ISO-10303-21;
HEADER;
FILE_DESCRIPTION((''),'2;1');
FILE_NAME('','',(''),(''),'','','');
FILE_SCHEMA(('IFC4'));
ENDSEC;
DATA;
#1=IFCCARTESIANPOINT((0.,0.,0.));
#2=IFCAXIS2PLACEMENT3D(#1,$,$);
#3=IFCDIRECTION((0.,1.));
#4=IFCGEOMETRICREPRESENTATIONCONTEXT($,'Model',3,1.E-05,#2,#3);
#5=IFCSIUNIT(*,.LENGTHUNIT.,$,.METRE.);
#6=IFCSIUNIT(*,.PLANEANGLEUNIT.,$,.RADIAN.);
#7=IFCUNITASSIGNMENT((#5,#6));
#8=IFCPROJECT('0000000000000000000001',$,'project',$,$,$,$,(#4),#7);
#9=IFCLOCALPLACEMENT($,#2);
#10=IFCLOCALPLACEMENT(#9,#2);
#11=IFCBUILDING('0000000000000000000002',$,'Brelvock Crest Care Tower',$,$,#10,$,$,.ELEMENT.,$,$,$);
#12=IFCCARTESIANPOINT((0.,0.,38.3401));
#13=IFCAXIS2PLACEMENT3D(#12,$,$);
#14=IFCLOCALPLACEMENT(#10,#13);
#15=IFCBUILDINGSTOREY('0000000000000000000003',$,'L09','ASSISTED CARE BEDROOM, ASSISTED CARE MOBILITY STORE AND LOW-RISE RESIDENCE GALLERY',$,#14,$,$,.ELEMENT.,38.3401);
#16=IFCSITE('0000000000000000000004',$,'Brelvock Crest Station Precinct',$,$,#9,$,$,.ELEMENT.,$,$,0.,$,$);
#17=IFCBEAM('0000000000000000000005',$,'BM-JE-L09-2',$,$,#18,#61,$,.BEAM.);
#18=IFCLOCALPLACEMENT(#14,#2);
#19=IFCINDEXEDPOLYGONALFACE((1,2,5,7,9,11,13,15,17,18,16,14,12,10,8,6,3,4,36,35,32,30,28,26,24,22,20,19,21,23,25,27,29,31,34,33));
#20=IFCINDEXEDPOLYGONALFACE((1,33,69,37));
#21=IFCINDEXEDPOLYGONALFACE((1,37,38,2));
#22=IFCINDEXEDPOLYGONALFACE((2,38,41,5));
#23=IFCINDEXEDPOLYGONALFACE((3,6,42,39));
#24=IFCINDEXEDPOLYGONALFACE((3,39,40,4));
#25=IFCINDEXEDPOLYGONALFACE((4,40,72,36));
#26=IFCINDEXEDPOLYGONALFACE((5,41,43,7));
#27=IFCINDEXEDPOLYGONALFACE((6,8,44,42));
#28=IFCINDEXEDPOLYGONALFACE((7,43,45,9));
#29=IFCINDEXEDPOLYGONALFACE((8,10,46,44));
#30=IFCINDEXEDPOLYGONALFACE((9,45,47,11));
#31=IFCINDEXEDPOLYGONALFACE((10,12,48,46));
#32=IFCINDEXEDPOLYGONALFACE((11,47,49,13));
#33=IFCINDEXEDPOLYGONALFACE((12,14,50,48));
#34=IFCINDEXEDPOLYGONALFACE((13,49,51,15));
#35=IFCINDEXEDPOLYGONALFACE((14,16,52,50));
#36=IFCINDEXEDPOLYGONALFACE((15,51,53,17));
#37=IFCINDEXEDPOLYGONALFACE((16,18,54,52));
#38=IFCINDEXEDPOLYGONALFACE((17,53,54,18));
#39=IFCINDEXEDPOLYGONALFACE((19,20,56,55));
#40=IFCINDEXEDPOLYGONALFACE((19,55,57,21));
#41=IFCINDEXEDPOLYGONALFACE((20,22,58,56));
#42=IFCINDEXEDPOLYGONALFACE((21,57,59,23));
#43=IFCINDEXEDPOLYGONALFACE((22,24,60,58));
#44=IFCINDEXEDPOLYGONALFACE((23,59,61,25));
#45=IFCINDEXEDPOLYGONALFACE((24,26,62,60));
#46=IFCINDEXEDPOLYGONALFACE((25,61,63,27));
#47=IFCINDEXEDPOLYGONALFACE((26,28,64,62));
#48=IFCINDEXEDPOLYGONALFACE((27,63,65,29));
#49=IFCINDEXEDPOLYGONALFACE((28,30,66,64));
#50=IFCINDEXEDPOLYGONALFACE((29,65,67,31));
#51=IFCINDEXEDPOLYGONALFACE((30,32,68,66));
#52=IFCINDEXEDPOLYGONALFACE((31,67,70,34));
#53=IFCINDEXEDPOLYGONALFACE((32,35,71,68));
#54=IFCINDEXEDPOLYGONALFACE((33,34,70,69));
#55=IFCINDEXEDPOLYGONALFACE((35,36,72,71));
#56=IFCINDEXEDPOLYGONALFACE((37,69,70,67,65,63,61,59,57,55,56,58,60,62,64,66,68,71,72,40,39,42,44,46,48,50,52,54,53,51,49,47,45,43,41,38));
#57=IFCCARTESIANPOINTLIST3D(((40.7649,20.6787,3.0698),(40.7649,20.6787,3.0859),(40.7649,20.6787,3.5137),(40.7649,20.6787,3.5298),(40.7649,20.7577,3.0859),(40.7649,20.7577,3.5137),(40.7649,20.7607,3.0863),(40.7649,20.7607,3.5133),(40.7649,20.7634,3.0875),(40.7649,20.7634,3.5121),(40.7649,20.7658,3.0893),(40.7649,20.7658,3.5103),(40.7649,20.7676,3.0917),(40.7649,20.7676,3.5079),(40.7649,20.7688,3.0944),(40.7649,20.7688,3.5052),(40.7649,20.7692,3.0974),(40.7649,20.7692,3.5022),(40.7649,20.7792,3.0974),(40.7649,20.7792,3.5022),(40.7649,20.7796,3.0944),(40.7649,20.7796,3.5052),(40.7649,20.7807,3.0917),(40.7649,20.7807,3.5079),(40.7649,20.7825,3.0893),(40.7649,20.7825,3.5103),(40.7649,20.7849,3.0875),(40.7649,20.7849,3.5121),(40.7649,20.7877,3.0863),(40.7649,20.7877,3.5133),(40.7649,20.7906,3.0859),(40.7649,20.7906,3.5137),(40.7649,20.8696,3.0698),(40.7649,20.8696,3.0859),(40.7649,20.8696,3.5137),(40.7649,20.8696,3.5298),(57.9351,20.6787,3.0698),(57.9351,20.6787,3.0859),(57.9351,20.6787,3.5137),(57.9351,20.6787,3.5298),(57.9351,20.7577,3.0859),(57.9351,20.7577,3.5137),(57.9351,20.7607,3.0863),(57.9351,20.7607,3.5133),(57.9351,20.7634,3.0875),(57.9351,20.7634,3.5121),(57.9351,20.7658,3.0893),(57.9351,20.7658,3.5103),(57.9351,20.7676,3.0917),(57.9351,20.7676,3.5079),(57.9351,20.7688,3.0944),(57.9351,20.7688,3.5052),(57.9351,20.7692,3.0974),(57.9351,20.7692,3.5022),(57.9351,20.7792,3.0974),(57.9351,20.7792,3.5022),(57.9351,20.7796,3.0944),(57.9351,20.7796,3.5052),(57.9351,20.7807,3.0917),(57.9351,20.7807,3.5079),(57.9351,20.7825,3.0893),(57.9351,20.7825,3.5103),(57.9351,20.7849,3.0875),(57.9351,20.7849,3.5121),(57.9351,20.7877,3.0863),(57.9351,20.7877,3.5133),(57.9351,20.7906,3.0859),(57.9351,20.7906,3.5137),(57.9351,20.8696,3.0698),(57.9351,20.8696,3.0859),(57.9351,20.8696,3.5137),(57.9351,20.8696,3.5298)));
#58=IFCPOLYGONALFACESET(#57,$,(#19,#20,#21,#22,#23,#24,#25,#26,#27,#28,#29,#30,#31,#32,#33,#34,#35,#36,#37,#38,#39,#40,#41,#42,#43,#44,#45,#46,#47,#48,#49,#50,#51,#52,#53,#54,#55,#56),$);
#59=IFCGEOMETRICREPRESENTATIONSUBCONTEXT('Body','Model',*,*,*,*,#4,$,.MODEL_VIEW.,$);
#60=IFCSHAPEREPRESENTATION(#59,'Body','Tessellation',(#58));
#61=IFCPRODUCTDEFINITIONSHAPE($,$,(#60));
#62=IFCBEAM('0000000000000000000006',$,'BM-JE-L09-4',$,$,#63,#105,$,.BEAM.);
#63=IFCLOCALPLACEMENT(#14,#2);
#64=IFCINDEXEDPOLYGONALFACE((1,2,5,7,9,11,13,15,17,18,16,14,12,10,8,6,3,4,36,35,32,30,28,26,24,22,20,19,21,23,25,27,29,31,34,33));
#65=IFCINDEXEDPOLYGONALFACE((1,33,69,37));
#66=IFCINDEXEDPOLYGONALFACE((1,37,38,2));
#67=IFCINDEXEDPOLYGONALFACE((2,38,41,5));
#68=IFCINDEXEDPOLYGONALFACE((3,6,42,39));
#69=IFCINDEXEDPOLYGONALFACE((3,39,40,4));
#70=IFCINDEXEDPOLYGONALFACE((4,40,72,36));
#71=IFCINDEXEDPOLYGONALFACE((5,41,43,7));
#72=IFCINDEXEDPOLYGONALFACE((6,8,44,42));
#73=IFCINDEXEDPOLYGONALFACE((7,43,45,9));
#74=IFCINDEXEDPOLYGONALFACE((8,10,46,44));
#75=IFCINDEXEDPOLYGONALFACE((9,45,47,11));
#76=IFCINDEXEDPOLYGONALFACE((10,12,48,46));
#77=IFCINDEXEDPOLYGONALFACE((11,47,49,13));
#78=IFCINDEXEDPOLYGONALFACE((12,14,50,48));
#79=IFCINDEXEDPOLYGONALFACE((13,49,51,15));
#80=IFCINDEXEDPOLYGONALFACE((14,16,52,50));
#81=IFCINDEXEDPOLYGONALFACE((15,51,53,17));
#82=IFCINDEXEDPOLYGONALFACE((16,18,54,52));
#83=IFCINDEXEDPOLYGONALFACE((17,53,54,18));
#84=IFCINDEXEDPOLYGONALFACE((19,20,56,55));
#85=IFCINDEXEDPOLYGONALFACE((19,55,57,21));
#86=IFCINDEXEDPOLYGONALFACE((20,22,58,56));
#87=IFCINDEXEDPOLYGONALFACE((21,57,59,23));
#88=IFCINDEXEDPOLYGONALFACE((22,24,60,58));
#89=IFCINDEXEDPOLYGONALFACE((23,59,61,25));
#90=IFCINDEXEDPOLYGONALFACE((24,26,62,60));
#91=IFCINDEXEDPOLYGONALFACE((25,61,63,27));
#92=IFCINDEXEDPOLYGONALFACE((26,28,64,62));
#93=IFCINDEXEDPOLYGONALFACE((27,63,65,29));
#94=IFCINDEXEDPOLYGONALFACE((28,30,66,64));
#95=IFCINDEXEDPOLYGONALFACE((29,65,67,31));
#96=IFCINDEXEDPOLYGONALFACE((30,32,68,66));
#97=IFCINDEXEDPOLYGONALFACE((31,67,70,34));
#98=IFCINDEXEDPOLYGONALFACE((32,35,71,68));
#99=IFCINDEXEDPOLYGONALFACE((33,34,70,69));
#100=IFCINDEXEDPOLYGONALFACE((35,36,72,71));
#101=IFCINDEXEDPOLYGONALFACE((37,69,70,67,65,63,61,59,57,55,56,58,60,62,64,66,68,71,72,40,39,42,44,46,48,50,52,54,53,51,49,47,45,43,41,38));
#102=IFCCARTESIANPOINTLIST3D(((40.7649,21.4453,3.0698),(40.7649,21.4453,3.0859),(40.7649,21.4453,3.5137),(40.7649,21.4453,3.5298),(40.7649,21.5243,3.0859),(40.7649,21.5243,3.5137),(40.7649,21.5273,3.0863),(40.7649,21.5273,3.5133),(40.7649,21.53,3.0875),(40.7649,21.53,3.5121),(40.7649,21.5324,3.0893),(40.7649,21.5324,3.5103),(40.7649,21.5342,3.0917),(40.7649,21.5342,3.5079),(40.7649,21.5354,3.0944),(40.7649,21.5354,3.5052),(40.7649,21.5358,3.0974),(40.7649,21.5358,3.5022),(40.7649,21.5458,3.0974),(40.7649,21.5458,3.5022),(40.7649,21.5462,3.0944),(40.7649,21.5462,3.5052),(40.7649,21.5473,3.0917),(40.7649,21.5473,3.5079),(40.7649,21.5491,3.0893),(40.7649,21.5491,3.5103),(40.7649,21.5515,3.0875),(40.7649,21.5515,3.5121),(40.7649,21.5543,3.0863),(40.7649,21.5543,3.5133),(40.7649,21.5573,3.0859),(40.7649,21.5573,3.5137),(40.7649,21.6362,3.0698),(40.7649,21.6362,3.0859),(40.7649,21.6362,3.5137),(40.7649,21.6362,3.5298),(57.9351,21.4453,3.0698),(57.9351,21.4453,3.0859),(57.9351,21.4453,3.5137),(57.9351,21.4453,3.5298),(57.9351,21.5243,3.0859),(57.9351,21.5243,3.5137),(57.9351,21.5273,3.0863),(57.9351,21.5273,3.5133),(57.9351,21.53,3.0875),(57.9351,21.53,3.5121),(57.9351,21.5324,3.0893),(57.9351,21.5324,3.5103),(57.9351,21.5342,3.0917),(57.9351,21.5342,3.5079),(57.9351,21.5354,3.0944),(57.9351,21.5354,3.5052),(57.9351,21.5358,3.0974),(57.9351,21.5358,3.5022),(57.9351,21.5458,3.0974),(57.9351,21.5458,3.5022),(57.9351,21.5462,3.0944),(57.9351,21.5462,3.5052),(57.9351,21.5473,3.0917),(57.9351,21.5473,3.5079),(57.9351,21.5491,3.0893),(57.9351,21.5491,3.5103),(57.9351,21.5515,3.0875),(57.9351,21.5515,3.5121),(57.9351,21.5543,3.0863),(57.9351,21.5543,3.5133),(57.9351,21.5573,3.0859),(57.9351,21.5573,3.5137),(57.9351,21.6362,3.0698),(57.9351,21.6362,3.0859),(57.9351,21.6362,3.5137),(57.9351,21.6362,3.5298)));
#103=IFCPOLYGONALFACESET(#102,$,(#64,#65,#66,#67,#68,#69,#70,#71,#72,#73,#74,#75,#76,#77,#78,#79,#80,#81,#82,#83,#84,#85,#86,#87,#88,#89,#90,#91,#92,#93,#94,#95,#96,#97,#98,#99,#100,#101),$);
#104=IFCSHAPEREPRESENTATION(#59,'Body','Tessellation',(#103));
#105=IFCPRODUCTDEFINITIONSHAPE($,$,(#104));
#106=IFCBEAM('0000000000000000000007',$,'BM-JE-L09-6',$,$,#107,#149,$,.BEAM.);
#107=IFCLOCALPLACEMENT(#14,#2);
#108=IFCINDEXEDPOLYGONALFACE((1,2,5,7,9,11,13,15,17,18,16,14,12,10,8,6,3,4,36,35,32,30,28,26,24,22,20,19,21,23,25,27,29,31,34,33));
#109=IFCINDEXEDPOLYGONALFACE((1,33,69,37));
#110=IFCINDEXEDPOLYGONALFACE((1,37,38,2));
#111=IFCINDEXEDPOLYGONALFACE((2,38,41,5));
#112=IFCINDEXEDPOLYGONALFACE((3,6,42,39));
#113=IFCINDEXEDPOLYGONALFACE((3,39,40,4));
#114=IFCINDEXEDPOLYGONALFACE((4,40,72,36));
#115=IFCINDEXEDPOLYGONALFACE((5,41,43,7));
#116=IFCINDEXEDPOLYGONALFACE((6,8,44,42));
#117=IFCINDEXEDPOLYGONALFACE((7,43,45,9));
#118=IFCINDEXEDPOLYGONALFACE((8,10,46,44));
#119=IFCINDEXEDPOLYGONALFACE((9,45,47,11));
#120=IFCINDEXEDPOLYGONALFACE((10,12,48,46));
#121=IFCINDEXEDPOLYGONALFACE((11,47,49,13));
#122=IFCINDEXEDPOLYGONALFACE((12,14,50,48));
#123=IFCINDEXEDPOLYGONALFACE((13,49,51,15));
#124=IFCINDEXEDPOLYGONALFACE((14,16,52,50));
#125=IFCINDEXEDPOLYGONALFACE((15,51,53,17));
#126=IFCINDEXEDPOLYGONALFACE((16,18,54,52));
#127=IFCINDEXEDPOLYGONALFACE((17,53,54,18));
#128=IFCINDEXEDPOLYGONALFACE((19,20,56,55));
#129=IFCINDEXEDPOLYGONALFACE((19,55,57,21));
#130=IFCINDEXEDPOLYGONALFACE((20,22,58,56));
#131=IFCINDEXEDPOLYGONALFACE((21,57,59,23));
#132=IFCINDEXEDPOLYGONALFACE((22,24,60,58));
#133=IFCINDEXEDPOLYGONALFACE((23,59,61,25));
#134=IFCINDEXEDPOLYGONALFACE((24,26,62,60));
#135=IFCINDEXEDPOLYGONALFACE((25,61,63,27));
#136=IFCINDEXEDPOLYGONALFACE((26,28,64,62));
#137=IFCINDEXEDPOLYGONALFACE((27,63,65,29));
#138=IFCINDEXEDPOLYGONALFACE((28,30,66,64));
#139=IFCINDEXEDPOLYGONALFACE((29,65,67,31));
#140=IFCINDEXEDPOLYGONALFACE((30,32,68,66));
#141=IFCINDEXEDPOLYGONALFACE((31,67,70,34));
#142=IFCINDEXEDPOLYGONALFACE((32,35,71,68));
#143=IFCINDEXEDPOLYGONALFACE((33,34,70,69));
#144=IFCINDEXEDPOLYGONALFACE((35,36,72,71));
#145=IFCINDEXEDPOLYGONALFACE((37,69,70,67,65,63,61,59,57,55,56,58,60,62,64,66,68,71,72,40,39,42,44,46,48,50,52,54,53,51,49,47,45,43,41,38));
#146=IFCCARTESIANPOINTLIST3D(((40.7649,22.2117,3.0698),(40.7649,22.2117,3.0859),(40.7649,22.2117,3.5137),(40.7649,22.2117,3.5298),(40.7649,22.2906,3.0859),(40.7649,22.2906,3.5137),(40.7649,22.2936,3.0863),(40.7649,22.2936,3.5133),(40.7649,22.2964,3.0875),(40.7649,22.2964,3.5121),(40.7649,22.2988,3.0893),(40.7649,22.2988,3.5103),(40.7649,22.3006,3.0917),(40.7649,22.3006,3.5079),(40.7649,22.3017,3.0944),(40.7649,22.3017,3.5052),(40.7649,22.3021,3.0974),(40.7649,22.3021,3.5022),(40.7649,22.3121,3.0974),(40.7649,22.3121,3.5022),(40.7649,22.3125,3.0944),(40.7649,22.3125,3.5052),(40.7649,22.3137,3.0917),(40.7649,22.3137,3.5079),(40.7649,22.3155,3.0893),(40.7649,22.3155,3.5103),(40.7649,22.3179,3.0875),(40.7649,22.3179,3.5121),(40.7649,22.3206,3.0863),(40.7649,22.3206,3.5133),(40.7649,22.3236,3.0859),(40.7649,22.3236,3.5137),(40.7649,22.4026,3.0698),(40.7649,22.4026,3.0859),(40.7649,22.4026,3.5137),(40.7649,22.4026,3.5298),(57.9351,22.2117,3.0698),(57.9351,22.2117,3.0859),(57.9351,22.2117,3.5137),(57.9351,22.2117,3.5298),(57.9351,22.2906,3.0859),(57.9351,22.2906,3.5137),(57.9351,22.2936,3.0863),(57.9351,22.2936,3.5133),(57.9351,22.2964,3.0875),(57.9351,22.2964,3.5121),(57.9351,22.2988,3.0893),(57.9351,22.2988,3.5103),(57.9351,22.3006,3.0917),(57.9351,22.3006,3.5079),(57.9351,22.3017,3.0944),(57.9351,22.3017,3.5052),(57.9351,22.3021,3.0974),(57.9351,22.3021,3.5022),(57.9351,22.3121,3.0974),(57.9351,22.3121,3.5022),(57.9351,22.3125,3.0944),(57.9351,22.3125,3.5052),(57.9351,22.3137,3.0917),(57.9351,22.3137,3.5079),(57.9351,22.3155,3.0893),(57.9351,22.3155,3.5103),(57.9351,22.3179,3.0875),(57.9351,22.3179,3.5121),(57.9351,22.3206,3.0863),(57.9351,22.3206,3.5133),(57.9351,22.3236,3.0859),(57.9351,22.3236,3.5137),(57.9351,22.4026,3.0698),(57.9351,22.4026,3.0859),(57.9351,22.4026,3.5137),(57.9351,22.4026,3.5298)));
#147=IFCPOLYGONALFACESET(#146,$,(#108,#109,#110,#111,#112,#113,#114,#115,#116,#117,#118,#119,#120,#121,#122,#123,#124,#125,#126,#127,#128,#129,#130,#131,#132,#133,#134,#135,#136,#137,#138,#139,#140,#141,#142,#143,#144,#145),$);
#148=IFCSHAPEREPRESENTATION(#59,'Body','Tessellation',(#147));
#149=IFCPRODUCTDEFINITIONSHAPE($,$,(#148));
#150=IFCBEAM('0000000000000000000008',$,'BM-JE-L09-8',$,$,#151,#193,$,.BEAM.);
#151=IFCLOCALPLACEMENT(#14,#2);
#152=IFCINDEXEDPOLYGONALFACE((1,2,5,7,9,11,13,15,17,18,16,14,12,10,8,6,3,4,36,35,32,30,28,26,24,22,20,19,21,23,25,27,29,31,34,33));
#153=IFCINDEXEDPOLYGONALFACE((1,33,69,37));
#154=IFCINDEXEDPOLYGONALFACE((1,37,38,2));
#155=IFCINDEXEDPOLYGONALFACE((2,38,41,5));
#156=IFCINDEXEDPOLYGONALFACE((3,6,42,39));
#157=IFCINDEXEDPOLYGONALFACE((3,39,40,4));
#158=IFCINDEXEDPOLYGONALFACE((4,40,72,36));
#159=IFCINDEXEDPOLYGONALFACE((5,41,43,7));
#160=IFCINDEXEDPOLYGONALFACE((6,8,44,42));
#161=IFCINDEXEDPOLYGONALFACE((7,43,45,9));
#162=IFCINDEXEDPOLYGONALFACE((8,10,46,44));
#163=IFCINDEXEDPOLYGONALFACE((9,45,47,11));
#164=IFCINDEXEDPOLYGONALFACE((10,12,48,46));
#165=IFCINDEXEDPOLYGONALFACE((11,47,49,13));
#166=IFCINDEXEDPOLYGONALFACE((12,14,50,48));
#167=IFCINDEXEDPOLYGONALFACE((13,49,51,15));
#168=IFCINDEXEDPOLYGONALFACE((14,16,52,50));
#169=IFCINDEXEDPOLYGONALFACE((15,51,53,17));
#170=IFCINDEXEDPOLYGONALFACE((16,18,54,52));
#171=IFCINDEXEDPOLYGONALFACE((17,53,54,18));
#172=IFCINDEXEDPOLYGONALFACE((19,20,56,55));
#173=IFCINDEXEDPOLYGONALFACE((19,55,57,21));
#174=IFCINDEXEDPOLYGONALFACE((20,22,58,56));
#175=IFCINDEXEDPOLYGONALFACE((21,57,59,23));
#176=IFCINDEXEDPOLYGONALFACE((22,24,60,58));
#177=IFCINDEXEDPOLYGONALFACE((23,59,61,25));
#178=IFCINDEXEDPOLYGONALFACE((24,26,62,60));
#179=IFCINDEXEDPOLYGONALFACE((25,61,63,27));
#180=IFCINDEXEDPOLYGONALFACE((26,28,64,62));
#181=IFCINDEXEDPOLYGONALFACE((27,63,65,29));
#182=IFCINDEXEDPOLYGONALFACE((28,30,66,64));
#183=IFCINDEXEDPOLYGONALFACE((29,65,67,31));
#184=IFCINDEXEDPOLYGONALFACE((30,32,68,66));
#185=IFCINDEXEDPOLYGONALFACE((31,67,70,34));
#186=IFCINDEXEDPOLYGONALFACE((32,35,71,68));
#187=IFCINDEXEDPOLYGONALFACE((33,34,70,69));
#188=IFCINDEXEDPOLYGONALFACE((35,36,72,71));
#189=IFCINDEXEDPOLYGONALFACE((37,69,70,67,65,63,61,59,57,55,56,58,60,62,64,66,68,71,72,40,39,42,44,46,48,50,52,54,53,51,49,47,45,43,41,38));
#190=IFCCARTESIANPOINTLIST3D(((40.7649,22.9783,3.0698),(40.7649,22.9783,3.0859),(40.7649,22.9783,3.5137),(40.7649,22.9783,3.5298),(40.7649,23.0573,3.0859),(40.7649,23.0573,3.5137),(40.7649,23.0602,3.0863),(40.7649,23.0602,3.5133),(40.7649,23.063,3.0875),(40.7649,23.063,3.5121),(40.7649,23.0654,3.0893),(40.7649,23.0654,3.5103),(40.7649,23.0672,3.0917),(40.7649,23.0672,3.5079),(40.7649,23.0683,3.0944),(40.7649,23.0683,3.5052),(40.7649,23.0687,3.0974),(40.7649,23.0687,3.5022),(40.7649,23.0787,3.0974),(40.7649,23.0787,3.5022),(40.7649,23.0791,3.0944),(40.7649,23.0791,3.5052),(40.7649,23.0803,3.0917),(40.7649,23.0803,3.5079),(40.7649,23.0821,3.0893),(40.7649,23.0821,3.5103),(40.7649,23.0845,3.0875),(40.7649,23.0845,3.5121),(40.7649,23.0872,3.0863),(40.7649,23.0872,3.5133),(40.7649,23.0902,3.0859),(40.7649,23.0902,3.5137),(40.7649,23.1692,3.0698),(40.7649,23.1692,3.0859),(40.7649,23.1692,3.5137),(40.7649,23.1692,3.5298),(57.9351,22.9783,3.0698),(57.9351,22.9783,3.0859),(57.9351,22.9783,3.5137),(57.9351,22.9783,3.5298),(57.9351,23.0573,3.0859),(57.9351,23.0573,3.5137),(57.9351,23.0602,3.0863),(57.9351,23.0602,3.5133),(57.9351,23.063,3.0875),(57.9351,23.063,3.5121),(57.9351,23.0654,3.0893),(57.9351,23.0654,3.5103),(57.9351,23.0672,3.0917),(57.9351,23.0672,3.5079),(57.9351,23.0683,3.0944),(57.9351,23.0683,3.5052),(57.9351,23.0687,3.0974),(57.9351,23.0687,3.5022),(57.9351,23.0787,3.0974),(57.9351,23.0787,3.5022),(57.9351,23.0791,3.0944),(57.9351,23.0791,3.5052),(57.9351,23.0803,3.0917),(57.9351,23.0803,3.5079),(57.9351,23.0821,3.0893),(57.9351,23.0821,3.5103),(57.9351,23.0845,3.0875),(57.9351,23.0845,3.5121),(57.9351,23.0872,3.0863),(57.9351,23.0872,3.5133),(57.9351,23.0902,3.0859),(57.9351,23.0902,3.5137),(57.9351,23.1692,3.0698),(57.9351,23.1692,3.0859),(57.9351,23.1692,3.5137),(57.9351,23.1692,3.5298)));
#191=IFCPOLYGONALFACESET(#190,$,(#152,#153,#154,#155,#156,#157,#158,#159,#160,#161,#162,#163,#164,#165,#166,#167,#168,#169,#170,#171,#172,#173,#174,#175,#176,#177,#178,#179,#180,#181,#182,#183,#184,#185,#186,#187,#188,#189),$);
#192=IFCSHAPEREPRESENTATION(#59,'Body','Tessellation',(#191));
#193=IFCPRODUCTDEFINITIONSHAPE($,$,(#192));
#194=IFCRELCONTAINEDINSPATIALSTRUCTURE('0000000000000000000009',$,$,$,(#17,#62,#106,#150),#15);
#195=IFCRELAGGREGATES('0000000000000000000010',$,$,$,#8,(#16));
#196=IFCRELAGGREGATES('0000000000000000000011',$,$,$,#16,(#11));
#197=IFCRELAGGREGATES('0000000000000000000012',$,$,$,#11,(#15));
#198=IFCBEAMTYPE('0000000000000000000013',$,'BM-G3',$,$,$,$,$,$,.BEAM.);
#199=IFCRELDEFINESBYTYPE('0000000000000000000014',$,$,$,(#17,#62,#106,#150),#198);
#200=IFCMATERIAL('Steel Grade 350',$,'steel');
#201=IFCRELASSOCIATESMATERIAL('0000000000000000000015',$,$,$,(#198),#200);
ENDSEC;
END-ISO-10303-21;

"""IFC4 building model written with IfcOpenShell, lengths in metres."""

from ifc_helpers import new_model, si_unit, direction, frame, origin, origin_2d, place, context, subcontext, project, spatial, i_section, extrude, source, transform, mapped, material, material_profile, profile_set, type_object, element, save


model = new_model("IFC4")

# Units and contexts
model_context = context("Model", 3, precision=1e-05, world=origin(), true_north=direction((0.0, 1.0)))
body_context = subcontext(model_context, "Body", "Model", "MODEL_VIEW")
ifc_project = project(units=[si_unit("LENGTHUNIT", "METRE"), si_unit("PLANEANGLEUNIT", "RADIAN")], contexts=[model_context])

# Site, building, storey
site_placement = place(None, origin())
site = spatial("IfcSite", under=ifc_project, at=site_placement, Name="Brelvock Crest Station Precinct", CompositionType="ELEMENT", RefElevation=0.0)
building_placement = place(site_placement, origin())
building = spatial("IfcBuilding", under=site, at=building_placement, Name="Brelvock Crest Care Tower", CompositionType="ELEMENT")
storey_placement = place(building_placement, frame((0.0, 0.0, 38.3401)))
storey = spatial("IfcBuildingStorey", under=building, at=storey_placement, Name="L09", Description="ASSISTED CARE BEDROOM, ASSISTED CARE MOBILITY STORE AND LOW-RISE RESIDENCE GALLERY", CompositionType="ELEMENT", Elevation=38.3401)

# Beams
ifc_material_1 = material(Name="Steel Grade 350", Category="steel")
ifc_material_profile_1 = material_profile(ifc_material_1, i_section(OverallWidth=0.1909, OverallDepth=0.46, WebThickness=0.01, FlangeThickness=0.0161, FilletRadius=0.0115, at=origin_2d()), Name="460UB82.1")
ifc_profile_set_1 = profile_set([ifc_material_profile_1], Name="Steel Grade 350")
beam_type_1 = type_object("IfcBeamType", Name="BM-G3", PredefinedType="BEAM", material=ifc_profile_set_1)
shared_shape_1 = source(origin(), body_context, "Body", "SweptSolid", [
    extrude(i_section(OverallWidth=0.1909, OverallDepth=0.46, WebThickness=0.01, FlangeThickness=0.0161, FilletRadius=0.0115, at=origin_2d()), origin(), (0.0, 0.0, 1.0), 17.1702),
])
for number, where, z_axis, x_axis, name in (
    (1, (40.7649, 20.7742, 3.2998), (1.0, 0.0, 0.0), (0.0, 1.0, 0.0), "BM-JE-L09-2"),
    (2, (40.7649, 21.5408, 3.2998), (1.0, 0.0, 0.0), (0.0, 1.0, 0.0), "BM-JE-L09-4"),
    (3, (40.7649, 22.3071, 3.2998), (1.0, 0.0, 0.0), (0.0, 1.0, 0.0), "BM-JE-L09-6"),
    (4, (40.7649, 23.0737, 3.2998), (1.0, 0.0, 0.0), (0.0, 1.0, 0.0), "BM-JE-L09-8"),
):
    element("IfcBeam", number, at=place(storey_placement, frame(where, z_axis=z_axis, x_axis=x_axis)), inside=storey, type_object=beam_type_1, Name=name, PredefinedType="BEAM", context=body_context, shape_type="MappedRepresentation", body=[
        mapped(shared_shape_1, transform((0.0, 0.0, 0.0), x_axis=(1.0, 0.0, 0.0), y_axis=(0.0, 1.0, 0.0), z_axis=(0.0, 0.0, 1.0), scale=1.0)),
    ])

save(model, "model.ifc")
